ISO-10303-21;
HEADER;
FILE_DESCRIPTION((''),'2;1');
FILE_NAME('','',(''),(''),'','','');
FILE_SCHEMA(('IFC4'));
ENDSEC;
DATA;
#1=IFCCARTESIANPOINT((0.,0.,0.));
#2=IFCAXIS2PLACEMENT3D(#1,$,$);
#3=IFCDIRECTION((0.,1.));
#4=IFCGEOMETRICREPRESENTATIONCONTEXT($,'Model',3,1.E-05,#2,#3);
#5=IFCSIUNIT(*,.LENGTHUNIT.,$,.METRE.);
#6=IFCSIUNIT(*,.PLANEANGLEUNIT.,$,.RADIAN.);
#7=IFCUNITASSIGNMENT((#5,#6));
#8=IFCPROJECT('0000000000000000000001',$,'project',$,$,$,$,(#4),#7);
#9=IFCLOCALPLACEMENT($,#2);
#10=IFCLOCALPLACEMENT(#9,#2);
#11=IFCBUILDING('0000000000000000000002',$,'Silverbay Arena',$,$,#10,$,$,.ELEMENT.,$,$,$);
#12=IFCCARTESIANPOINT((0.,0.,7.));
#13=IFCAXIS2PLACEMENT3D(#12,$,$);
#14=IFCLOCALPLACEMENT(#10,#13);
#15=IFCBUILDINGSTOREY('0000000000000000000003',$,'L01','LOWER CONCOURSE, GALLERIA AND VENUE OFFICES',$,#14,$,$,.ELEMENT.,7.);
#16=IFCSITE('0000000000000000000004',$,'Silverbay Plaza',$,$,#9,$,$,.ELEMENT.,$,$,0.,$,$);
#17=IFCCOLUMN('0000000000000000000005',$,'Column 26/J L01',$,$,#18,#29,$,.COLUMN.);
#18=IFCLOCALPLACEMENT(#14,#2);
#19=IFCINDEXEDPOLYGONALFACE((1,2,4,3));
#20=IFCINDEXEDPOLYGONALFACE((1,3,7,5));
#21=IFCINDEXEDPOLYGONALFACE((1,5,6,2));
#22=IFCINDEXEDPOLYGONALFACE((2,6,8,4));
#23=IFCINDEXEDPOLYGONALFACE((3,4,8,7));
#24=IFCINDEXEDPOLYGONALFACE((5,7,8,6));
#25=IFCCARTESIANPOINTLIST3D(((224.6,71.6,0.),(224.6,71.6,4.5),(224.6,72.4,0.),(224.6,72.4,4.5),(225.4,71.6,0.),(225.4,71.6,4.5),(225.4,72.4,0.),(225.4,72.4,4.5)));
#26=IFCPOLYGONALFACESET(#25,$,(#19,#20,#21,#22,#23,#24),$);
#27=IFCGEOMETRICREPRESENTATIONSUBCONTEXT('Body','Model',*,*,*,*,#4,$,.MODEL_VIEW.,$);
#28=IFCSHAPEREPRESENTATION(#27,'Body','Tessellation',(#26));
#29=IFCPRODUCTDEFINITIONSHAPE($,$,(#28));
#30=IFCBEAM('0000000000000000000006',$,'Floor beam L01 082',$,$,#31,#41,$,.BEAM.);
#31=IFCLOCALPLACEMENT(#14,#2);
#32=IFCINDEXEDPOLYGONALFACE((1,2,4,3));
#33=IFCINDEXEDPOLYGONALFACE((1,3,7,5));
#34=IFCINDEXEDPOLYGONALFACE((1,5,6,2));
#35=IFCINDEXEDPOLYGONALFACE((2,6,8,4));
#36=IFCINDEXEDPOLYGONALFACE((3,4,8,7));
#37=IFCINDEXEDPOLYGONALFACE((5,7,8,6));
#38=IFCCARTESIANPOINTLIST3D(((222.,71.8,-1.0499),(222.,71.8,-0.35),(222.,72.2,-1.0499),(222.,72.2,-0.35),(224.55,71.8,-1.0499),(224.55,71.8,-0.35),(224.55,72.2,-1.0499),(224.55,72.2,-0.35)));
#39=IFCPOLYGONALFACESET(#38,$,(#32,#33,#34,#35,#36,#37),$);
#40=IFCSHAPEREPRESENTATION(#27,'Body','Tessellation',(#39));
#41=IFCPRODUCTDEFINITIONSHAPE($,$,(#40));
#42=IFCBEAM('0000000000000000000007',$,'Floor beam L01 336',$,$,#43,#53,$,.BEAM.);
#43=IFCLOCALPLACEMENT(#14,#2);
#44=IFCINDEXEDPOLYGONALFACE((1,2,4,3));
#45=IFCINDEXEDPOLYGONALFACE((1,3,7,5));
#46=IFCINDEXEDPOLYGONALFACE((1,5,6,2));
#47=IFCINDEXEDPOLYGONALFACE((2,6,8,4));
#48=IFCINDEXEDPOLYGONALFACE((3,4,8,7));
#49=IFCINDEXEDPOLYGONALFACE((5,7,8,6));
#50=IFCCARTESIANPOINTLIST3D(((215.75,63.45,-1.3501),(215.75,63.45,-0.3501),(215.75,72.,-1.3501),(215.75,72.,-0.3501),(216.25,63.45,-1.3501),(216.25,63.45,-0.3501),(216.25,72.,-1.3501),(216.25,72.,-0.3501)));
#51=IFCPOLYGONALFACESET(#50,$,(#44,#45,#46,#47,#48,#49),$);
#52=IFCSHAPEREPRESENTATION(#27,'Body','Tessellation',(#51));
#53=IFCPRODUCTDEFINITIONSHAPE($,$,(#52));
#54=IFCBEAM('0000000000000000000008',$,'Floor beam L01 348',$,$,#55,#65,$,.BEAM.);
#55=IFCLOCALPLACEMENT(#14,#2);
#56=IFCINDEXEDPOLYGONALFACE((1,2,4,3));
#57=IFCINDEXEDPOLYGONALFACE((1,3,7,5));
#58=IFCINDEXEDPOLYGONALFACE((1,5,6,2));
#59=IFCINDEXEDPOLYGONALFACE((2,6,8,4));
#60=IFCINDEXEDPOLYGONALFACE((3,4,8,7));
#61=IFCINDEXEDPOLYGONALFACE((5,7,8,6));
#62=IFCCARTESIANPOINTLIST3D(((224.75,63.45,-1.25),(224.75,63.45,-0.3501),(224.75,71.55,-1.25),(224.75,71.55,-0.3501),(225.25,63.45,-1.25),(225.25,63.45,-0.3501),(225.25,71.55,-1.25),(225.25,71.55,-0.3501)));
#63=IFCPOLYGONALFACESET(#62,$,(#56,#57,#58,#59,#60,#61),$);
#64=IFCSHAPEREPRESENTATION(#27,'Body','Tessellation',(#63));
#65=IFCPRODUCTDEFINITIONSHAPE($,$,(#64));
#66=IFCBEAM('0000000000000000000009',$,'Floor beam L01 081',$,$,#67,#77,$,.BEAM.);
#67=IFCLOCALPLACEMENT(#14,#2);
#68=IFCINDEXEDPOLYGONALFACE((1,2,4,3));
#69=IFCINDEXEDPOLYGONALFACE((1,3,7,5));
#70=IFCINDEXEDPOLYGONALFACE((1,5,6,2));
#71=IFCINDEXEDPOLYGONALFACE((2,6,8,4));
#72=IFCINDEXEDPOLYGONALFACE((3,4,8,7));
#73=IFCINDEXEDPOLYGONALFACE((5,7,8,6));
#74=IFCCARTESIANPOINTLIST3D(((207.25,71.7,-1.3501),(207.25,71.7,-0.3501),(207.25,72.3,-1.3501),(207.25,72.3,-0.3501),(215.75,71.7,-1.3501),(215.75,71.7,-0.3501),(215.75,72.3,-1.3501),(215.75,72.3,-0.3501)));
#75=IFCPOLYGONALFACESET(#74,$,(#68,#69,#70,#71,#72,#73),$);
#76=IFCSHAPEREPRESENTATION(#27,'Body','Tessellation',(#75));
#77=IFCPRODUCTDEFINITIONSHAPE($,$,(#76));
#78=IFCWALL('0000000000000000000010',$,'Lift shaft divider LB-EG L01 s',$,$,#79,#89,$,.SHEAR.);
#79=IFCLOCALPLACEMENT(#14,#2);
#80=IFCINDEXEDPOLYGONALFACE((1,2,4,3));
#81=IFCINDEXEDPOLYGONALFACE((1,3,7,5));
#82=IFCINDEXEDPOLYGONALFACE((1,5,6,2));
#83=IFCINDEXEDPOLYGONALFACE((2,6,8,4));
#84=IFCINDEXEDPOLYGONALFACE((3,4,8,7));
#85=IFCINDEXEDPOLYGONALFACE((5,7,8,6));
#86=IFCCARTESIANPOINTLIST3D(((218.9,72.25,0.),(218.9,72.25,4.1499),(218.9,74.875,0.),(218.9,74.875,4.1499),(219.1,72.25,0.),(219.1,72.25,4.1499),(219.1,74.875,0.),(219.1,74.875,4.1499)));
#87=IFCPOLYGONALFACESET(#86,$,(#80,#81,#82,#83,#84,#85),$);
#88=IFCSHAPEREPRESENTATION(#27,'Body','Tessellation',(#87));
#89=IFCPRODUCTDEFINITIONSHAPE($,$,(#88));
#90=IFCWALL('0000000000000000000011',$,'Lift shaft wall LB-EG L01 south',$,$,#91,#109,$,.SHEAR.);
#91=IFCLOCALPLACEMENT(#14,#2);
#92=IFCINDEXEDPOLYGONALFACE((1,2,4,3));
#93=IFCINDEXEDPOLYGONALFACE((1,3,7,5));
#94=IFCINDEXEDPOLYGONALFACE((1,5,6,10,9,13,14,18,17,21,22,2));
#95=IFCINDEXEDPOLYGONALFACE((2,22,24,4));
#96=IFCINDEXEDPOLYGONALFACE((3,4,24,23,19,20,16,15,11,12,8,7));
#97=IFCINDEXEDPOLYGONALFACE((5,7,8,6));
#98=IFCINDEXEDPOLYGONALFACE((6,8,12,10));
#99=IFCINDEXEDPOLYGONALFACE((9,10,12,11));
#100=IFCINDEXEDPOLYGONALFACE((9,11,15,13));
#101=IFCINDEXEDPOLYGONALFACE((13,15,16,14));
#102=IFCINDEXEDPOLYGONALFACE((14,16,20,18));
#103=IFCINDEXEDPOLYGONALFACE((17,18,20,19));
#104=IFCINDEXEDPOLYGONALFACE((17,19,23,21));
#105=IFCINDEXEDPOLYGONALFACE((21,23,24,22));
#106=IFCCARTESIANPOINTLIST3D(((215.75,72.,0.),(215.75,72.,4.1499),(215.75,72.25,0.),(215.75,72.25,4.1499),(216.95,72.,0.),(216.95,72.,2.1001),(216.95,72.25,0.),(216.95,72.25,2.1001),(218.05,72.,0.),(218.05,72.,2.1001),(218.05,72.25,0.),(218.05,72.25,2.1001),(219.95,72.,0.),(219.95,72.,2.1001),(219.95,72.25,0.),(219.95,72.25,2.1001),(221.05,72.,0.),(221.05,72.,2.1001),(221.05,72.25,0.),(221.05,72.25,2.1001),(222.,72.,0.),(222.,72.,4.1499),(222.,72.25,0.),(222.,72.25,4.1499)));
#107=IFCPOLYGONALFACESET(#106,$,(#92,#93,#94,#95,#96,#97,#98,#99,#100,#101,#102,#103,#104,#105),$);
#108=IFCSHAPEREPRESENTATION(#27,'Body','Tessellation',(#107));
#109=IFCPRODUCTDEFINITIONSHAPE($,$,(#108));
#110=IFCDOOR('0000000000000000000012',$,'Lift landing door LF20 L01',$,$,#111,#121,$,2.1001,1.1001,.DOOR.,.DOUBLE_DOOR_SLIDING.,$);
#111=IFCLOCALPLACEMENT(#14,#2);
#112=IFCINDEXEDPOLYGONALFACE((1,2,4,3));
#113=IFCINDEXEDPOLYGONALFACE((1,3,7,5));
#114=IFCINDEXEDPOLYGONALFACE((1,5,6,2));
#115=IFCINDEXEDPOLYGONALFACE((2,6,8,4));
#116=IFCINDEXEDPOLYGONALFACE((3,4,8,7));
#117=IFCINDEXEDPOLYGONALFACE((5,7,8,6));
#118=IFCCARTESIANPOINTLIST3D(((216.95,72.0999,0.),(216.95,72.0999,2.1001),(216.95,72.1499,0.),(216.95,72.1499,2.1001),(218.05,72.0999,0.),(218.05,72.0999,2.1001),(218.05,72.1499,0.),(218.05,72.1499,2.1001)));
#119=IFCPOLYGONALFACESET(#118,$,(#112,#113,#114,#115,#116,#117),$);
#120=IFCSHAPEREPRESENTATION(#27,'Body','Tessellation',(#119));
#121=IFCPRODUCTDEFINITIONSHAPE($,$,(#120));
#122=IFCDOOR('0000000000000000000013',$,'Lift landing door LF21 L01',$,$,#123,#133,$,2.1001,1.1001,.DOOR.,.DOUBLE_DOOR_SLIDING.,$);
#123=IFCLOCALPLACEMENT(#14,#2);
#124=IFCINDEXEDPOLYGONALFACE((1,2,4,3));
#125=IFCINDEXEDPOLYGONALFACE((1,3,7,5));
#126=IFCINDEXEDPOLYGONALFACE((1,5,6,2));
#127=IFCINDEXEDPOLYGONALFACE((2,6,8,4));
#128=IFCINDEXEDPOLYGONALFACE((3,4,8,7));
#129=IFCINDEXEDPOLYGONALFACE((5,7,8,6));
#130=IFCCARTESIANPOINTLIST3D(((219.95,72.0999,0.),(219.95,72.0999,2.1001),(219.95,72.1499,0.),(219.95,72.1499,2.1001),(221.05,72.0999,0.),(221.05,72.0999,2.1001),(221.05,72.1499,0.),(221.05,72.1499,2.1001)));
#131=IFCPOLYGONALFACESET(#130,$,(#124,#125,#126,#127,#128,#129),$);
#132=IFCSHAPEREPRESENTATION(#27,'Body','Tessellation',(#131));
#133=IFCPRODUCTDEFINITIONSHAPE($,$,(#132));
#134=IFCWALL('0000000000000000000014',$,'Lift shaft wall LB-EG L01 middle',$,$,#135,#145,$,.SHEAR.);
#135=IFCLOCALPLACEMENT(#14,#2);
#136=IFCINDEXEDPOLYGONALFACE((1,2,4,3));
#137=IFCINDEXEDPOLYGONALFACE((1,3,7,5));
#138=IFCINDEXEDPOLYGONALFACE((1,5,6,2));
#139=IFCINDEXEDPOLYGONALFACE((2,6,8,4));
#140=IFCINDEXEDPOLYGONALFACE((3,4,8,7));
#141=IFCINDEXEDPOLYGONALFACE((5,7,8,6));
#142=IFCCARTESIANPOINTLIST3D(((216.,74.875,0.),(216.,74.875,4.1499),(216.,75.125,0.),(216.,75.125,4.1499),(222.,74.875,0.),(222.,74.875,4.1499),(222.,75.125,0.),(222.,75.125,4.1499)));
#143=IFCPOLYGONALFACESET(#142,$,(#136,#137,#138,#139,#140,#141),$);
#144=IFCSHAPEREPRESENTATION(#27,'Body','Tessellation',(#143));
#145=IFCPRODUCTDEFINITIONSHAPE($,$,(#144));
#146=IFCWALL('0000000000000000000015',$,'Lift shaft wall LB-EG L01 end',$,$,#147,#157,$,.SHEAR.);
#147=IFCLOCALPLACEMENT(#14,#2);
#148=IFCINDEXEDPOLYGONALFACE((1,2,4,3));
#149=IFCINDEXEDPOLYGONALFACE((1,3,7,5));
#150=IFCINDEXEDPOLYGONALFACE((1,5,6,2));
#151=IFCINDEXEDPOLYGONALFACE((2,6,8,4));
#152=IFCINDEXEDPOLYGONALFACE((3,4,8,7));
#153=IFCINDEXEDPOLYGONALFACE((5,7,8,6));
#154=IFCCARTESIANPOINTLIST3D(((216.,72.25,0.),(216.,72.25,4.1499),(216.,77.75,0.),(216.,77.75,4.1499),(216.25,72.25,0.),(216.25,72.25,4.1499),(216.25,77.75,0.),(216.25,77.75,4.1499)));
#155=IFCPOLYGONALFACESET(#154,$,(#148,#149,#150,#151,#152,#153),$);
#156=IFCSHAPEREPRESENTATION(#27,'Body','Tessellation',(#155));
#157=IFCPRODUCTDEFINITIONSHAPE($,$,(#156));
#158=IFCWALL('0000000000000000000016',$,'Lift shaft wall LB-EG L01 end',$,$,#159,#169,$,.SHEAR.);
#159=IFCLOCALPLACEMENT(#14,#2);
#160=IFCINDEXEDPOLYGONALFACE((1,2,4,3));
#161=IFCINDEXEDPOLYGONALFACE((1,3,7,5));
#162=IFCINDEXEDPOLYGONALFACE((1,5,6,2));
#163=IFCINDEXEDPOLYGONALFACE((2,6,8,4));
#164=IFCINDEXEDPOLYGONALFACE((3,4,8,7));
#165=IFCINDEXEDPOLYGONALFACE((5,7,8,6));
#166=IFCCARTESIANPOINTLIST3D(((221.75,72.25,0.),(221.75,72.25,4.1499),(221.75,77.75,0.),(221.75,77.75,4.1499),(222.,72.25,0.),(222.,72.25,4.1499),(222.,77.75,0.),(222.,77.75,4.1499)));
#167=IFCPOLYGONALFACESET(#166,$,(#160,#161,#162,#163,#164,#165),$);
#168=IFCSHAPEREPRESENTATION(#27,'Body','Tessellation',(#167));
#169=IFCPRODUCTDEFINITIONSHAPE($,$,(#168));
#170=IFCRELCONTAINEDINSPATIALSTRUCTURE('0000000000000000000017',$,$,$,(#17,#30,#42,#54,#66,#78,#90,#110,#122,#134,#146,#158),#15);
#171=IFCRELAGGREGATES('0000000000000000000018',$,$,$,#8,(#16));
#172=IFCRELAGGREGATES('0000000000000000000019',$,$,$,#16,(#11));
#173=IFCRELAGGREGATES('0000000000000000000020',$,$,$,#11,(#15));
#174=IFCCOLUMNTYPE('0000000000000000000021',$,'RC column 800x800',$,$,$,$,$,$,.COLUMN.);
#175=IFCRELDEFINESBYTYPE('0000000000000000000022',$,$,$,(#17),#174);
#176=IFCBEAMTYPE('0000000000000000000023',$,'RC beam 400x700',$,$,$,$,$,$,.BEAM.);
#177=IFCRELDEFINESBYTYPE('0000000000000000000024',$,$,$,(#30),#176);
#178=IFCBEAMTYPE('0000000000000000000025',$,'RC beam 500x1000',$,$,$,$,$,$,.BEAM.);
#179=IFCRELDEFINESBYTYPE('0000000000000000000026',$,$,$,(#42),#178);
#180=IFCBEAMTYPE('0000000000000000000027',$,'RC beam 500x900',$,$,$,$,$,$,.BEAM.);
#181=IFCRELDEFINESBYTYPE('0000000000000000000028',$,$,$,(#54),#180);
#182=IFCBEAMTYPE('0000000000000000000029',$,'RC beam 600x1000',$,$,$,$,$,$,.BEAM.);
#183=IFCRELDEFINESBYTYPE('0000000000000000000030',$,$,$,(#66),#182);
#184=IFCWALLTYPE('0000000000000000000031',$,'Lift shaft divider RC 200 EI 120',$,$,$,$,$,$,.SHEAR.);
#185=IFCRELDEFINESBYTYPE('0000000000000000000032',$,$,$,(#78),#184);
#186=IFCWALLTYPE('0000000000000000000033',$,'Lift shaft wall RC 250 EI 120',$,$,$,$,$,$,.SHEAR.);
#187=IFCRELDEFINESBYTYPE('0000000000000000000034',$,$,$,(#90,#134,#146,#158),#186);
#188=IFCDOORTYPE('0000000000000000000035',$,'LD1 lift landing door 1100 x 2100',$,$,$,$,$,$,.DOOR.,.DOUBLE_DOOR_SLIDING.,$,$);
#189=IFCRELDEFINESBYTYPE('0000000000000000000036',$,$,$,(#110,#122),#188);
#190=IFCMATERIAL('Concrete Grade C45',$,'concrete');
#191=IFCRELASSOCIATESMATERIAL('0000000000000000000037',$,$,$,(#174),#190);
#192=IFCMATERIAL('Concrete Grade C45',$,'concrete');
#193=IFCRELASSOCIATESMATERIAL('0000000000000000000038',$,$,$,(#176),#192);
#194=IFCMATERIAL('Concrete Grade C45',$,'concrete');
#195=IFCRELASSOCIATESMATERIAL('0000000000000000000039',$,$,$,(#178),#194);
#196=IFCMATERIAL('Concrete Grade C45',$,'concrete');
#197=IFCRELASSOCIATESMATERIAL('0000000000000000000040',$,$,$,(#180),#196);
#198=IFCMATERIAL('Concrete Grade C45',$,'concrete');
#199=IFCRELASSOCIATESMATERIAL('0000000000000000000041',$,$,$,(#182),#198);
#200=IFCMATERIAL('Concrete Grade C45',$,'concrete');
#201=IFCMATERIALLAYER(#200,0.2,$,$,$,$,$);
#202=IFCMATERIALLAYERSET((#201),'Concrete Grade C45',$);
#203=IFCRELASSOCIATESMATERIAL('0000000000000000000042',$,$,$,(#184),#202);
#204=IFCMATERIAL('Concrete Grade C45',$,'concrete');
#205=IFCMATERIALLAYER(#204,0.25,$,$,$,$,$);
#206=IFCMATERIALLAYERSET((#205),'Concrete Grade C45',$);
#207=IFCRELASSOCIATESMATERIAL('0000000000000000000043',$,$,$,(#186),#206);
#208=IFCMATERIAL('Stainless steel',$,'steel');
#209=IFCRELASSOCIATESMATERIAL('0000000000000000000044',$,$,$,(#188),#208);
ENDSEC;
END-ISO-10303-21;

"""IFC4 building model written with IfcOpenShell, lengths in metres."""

from ifc_helpers import new_model, si_unit, direction, frame, frame_2d, origin, origin_2d, place, context, subcontext, project, spatial, rectangle, extrude, material, layer, layer_set, material_profile, profile_set, type_object, element, fill, save


model = new_model("IFC4")

# Units and contexts
model_context = context("Model", 3, precision=1e-05, world=origin(), true_north=direction((0.0, 1.0)))
body_context = subcontext(model_context, "Body", "Model", "MODEL_VIEW")
ifc_project = project(units=[si_unit("LENGTHUNIT", "METRE"), si_unit("PLANEANGLEUNIT", "RADIAN")], contexts=[model_context])

# Site, building, storey
site_placement = place(None, origin())
site = spatial("IfcSite", under=ifc_project, at=site_placement, Name="Silverbay Plaza", CompositionType="ELEMENT", RefElevation=0.0)
building_placement = place(site_placement, origin())
building = spatial("IfcBuilding", under=site, at=building_placement, Name="Silverbay Arena", CompositionType="ELEMENT")
storey_placement = place(building_placement, frame((0.0, 0.0, 7.0)))
storey = spatial("IfcBuildingStorey", under=building, at=storey_placement, Name="L01", Description="LOWER CONCOURSE, GALLERIA AND VENUE OFFICES", CompositionType="ELEMENT", Elevation=7.0)

# Column
ifc_material_1 = material(Name="Concrete Grade C45", Category="concrete")
ifc_material_profile_1 = material_profile(ifc_material_1, rectangle(XDim=0.8, YDim=0.8, at=origin_2d()), Name="RC 800x800")
ifc_profile_set_1 = profile_set([ifc_material_profile_1], Name="Concrete Grade C45")
column_type = type_object("IfcColumnType", Name="RC column 800x800", PredefinedType="COLUMN", material=ifc_profile_set_1)
column_placement = place(storey_placement, frame((225.0, 72.0, 0.0), z_axis=(0.0, 0.0, 1.0), x_axis=(1.0, 0.0, 0.0)))
element("IfcColumn", 1, at=column_placement, inside=storey, type_object=column_type, Name="Column 26/J L01", PredefinedType="COLUMN", context=body_context, shape_type="SweptSolid", body=[
    extrude(rectangle(XDim=0.8, YDim=0.8, at=origin_2d()), origin(), (0.0, 0.0, 1.0), 4.5),
])

# Beams
ifc_material_2 = material(Name="Concrete Grade C45", Category="concrete")
ifc_material_profile_2 = material_profile(ifc_material_2, rectangle(XDim=0.3999, YDim=0.7, at=origin_2d()), Name="RC 400x700")
ifc_profile_set_2 = profile_set([ifc_material_profile_2], Name="Concrete Grade C45")
beam_type_1 = type_object("IfcBeamType", Name="RC beam 400x700", PredefinedType="BEAM", material=ifc_profile_set_2)
beam_1_placement = place(storey_placement, frame((222.0, 72.0, -0.7), z_axis=(1.0, 0.0, 0.0), x_axis=(0.0, 1.0, 0.0)))
element("IfcBeam", 2, at=beam_1_placement, inside=storey, type_object=beam_type_1, Name="Floor beam L01 082", PredefinedType="BEAM", context=body_context, shape_type="SweptSolid", body=[
    extrude(rectangle(XDim=0.3999, YDim=0.7, at=origin_2d()), origin(), (0.0, 0.0, 1.0), 2.55),
])
ifc_material_3 = material(Name="Concrete Grade C45", Category="concrete")
ifc_material_profile_3 = material_profile(ifc_material_3, rectangle(XDim=0.5, YDim=1.0, at=origin_2d()), Name="RC 500x1000")
ifc_profile_set_3 = profile_set([ifc_material_profile_3], Name="Concrete Grade C45")
beam_type_2 = type_object("IfcBeamType", Name="RC beam 500x1000", PredefinedType="BEAM", material=ifc_profile_set_3)
beam_2_placement = place(storey_placement, frame((216.0, 63.45, -0.8501), z_axis=(0.0, 1.0, 0.0), x_axis=(-1.0, 0.0, 0.0)))
element("IfcBeam", 3, at=beam_2_placement, inside=storey, type_object=beam_type_2, Name="Floor beam L01 336", PredefinedType="BEAM", context=body_context, shape_type="SweptSolid", body=[
    extrude(rectangle(XDim=0.5, YDim=1.0, at=origin_2d()), origin(), (0.0, 0.0, 1.0), 8.55),
])
ifc_material_4 = material(Name="Concrete Grade C45", Category="concrete")
ifc_material_profile_4 = material_profile(ifc_material_4, rectangle(XDim=0.5, YDim=0.8999, at=origin_2d()), Name="RC 500x900")
ifc_profile_set_4 = profile_set([ifc_material_profile_4], Name="Concrete Grade C45")
beam_type_3 = type_object("IfcBeamType", Name="RC beam 500x900", PredefinedType="BEAM", material=ifc_profile_set_4)
beam_3_placement = place(storey_placement, frame((225.0, 63.45, -0.8), z_axis=(0.0, 1.0, 0.0), x_axis=(-1.0, 0.0, 0.0)))
element("IfcBeam", 4, at=beam_3_placement, inside=storey, type_object=beam_type_3, Name="Floor beam L01 348", PredefinedType="BEAM", context=body_context, shape_type="SweptSolid", body=[
    extrude(rectangle(XDim=0.5, YDim=0.8999, at=origin_2d()), origin(), (0.0, 0.0, 1.0), 8.1001),
])
ifc_material_5 = material(Name="Concrete Grade C45", Category="concrete")
ifc_material_profile_5 = material_profile(ifc_material_5, rectangle(XDim=0.6001, YDim=1.0, at=origin_2d()), Name="RC 600x1000")
ifc_profile_set_5 = profile_set([ifc_material_profile_5], Name="Concrete Grade C45")
beam_type_4 = type_object("IfcBeamType", Name="RC beam 600x1000", PredefinedType="BEAM", material=ifc_profile_set_5)
beam_4_placement = place(storey_placement, frame((207.25, 72.0, -0.8501), z_axis=(1.0, 0.0, 0.0), x_axis=(0.0, 1.0, 0.0)))
element("IfcBeam", 5, at=beam_4_placement, inside=storey, type_object=beam_type_4, Name="Floor beam L01 081", PredefinedType="BEAM", context=body_context, shape_type="SweptSolid", body=[
    extrude(rectangle(XDim=0.6001, YDim=1.0, at=origin_2d()), origin(), (0.0, 0.0, 1.0), 8.5),
])

# Wall
ifc_material_6 = material(Name="Concrete Grade C45", Category="concrete")
ifc_layer_1 = layer(ifc_material_6, 0.2)
ifc_layer_set_1 = layer_set([ifc_layer_1], Name="Concrete Grade C45")
wall_type_1 = type_object("IfcWallType", Name="Lift shaft divider RC 200 EI 120", PredefinedType="SHEAR", material=ifc_layer_set_1)
wall_1_placement = place(storey_placement, frame((219.0, 72.25, 0.0), z_axis=(0.0, 0.0, 1.0), x_axis=(0.0, 1.0, 0.0)))
element("IfcWall", 6, at=wall_1_placement, inside=storey, type_object=wall_type_1, Name="Lift shaft divider LB-EG L01 s", PredefinedType="SHEAR", context=body_context, shape_type="SweptSolid", body=[
    extrude(rectangle(XDim=2.625, YDim=0.2, at=frame_2d((1.3125, 0.0))), origin(), (0.0, 0.0, 1.0), 4.1499),
])

# Wall, openings, doors
ifc_material_7 = material(Name="Concrete Grade C45", Category="concrete")
ifc_layer_2 = layer(ifc_material_7, 0.25)
ifc_layer_set_2 = layer_set([ifc_layer_2], Name="Concrete Grade C45")
wall_type_2 = type_object("IfcWallType", Name="Lift shaft wall RC 250 EI 120", PredefinedType="SHEAR", material=ifc_layer_set_2)
wall_2_placement = place(storey_placement, frame((215.75, 72.125, 0.0), z_axis=(0.0, 0.0, 1.0), x_axis=(1.0, 0.0, 0.0)))
wall_2 = element("IfcWall", 7, at=wall_2_placement, inside=storey, type_object=wall_type_2, Name="Lift shaft wall LB-EG L01 south", PredefinedType="SHEAR", context=body_context, shape_type="SweptSolid", body=[
    extrude(rectangle(XDim=6.25, YDim=0.25, at=frame_2d((3.125, 0.0))), origin(), (0.0, 0.0, 1.0), 4.1499),
])
opening_1_placement = place(wall_2_placement, frame((1.2, 0.0, 0.0)))
opening_1 = element("IfcOpeningElement", 8, at=opening_1_placement, cuts=wall_2, PredefinedType="OPENING", context=body_context, shape_type="SweptSolid", body=[
    extrude(rectangle(XDim=1.1001, YDim=2.1001, at=frame_2d((0.55, 1.05))), frame((0.0, 0.135, 0.0), z_axis=(0.0, -1.0, 0.0), x_axis=(1.0, 0.0, 0.0)), (0.0, 0.0, 1.0), 0.27),
])
opening_2_placement = place(wall_2_placement, frame((4.2, 0.0, 0.0)))
opening_2 = element("IfcOpeningElement", 9, at=opening_2_placement, cuts=wall_2, PredefinedType="OPENING", context=body_context, shape_type="SweptSolid", body=[
    extrude(rectangle(XDim=1.1001, YDim=2.1001, at=frame_2d((0.55, 1.05))), frame((0.0, 0.135, 0.0), z_axis=(0.0, -1.0, 0.0), x_axis=(1.0, 0.0, 0.0)), (0.0, 0.0, 1.0), 0.27),
])
ifc_material_8 = material(Name="Stainless steel", Category="steel")
door_type_1 = type_object("IfcDoorType", Name="LD1 lift landing door 1100 x 2100", OperationType="DOUBLE_DOOR_SLIDING", PredefinedType="DOOR", material=ifc_material_8)
door_1_placement = place(opening_1_placement, origin())
door_1 = element("IfcDoor", 10, at=door_1_placement, inside=storey, type_object=door_type_1, Name="Lift landing door LF20 L01", OperationType="DOUBLE_DOOR_SLIDING", OverallHeight=2.1001, OverallWidth=1.1001, PredefinedType="DOOR", context=body_context, shape_type="SweptSolid", body=[
    extrude(rectangle(XDim=1.1001, YDim=2.1001, at=frame_2d((0.55, 1.05))), frame((0.0, 0.0249, 0.0), z_axis=(0.0, -1.0, 0.0), x_axis=(1.0, 0.0, 0.0)), (0.0, 0.0, 1.0), 0.05),
])
fill(opening_1, door_1)
door_2_placement = place(opening_2_placement, origin())
door_2 = element("IfcDoor", 11, at=door_2_placement, inside=storey, type_object=door_type_1, Name="Lift landing door LF21 L01", OperationType="DOUBLE_DOOR_SLIDING", OverallHeight=2.1001, OverallWidth=1.1001, PredefinedType="DOOR", context=body_context, shape_type="SweptSolid", body=[
    extrude(rectangle(XDim=1.1001, YDim=2.1001, at=frame_2d((0.55, 1.05))), frame((0.0, 0.0249, 0.0), z_axis=(0.0, -1.0, 0.0), x_axis=(1.0, 0.0, 0.0)), (0.0, 0.0, 1.0), 0.05),
])
fill(opening_2, door_2)

# Walls
wall_3_placement = place(storey_placement, frame((216.0, 75.0, 0.0), z_axis=(0.0, 0.0, 1.0), x_axis=(1.0, 0.0, 0.0)))
element("IfcWall", 12, at=wall_3_placement, inside=storey, type_object=wall_type_2, Name="Lift shaft wall LB-EG L01 middle", PredefinedType="SHEAR", context=body_context, shape_type="SweptSolid", body=[
    extrude(rectangle(XDim=6.0, YDim=0.25, at=frame_2d((3.0, 0.0))), origin(), (0.0, 0.0, 1.0), 4.1499),
])
for number, where, z_axis, x_axis, name in (
    (13, (216.125, 72.25, 0.0), (0.0, 0.0, 1.0), (0.0, 1.0, 0.0), "Lift shaft wall LB-EG L01 end"),
    (14, (221.875, 72.25, 0.0), (0.0, 0.0, 1.0), (0.0, 1.0, 0.0), "Lift shaft wall LB-EG L01 end"),
):
    element("IfcWall", number, at=place(storey_placement, frame(where, z_axis=z_axis, x_axis=x_axis)), inside=storey, type_object=wall_type_2, Name=name, PredefinedType="SHEAR", context=body_context, shape_type="SweptSolid", body=[
        extrude(rectangle(XDim=5.5, YDim=0.25, at=frame_2d((2.75, 0.0))), origin(), (0.0, 0.0, 1.0), 4.1499),
    ])

save(model, "model.ifc")
